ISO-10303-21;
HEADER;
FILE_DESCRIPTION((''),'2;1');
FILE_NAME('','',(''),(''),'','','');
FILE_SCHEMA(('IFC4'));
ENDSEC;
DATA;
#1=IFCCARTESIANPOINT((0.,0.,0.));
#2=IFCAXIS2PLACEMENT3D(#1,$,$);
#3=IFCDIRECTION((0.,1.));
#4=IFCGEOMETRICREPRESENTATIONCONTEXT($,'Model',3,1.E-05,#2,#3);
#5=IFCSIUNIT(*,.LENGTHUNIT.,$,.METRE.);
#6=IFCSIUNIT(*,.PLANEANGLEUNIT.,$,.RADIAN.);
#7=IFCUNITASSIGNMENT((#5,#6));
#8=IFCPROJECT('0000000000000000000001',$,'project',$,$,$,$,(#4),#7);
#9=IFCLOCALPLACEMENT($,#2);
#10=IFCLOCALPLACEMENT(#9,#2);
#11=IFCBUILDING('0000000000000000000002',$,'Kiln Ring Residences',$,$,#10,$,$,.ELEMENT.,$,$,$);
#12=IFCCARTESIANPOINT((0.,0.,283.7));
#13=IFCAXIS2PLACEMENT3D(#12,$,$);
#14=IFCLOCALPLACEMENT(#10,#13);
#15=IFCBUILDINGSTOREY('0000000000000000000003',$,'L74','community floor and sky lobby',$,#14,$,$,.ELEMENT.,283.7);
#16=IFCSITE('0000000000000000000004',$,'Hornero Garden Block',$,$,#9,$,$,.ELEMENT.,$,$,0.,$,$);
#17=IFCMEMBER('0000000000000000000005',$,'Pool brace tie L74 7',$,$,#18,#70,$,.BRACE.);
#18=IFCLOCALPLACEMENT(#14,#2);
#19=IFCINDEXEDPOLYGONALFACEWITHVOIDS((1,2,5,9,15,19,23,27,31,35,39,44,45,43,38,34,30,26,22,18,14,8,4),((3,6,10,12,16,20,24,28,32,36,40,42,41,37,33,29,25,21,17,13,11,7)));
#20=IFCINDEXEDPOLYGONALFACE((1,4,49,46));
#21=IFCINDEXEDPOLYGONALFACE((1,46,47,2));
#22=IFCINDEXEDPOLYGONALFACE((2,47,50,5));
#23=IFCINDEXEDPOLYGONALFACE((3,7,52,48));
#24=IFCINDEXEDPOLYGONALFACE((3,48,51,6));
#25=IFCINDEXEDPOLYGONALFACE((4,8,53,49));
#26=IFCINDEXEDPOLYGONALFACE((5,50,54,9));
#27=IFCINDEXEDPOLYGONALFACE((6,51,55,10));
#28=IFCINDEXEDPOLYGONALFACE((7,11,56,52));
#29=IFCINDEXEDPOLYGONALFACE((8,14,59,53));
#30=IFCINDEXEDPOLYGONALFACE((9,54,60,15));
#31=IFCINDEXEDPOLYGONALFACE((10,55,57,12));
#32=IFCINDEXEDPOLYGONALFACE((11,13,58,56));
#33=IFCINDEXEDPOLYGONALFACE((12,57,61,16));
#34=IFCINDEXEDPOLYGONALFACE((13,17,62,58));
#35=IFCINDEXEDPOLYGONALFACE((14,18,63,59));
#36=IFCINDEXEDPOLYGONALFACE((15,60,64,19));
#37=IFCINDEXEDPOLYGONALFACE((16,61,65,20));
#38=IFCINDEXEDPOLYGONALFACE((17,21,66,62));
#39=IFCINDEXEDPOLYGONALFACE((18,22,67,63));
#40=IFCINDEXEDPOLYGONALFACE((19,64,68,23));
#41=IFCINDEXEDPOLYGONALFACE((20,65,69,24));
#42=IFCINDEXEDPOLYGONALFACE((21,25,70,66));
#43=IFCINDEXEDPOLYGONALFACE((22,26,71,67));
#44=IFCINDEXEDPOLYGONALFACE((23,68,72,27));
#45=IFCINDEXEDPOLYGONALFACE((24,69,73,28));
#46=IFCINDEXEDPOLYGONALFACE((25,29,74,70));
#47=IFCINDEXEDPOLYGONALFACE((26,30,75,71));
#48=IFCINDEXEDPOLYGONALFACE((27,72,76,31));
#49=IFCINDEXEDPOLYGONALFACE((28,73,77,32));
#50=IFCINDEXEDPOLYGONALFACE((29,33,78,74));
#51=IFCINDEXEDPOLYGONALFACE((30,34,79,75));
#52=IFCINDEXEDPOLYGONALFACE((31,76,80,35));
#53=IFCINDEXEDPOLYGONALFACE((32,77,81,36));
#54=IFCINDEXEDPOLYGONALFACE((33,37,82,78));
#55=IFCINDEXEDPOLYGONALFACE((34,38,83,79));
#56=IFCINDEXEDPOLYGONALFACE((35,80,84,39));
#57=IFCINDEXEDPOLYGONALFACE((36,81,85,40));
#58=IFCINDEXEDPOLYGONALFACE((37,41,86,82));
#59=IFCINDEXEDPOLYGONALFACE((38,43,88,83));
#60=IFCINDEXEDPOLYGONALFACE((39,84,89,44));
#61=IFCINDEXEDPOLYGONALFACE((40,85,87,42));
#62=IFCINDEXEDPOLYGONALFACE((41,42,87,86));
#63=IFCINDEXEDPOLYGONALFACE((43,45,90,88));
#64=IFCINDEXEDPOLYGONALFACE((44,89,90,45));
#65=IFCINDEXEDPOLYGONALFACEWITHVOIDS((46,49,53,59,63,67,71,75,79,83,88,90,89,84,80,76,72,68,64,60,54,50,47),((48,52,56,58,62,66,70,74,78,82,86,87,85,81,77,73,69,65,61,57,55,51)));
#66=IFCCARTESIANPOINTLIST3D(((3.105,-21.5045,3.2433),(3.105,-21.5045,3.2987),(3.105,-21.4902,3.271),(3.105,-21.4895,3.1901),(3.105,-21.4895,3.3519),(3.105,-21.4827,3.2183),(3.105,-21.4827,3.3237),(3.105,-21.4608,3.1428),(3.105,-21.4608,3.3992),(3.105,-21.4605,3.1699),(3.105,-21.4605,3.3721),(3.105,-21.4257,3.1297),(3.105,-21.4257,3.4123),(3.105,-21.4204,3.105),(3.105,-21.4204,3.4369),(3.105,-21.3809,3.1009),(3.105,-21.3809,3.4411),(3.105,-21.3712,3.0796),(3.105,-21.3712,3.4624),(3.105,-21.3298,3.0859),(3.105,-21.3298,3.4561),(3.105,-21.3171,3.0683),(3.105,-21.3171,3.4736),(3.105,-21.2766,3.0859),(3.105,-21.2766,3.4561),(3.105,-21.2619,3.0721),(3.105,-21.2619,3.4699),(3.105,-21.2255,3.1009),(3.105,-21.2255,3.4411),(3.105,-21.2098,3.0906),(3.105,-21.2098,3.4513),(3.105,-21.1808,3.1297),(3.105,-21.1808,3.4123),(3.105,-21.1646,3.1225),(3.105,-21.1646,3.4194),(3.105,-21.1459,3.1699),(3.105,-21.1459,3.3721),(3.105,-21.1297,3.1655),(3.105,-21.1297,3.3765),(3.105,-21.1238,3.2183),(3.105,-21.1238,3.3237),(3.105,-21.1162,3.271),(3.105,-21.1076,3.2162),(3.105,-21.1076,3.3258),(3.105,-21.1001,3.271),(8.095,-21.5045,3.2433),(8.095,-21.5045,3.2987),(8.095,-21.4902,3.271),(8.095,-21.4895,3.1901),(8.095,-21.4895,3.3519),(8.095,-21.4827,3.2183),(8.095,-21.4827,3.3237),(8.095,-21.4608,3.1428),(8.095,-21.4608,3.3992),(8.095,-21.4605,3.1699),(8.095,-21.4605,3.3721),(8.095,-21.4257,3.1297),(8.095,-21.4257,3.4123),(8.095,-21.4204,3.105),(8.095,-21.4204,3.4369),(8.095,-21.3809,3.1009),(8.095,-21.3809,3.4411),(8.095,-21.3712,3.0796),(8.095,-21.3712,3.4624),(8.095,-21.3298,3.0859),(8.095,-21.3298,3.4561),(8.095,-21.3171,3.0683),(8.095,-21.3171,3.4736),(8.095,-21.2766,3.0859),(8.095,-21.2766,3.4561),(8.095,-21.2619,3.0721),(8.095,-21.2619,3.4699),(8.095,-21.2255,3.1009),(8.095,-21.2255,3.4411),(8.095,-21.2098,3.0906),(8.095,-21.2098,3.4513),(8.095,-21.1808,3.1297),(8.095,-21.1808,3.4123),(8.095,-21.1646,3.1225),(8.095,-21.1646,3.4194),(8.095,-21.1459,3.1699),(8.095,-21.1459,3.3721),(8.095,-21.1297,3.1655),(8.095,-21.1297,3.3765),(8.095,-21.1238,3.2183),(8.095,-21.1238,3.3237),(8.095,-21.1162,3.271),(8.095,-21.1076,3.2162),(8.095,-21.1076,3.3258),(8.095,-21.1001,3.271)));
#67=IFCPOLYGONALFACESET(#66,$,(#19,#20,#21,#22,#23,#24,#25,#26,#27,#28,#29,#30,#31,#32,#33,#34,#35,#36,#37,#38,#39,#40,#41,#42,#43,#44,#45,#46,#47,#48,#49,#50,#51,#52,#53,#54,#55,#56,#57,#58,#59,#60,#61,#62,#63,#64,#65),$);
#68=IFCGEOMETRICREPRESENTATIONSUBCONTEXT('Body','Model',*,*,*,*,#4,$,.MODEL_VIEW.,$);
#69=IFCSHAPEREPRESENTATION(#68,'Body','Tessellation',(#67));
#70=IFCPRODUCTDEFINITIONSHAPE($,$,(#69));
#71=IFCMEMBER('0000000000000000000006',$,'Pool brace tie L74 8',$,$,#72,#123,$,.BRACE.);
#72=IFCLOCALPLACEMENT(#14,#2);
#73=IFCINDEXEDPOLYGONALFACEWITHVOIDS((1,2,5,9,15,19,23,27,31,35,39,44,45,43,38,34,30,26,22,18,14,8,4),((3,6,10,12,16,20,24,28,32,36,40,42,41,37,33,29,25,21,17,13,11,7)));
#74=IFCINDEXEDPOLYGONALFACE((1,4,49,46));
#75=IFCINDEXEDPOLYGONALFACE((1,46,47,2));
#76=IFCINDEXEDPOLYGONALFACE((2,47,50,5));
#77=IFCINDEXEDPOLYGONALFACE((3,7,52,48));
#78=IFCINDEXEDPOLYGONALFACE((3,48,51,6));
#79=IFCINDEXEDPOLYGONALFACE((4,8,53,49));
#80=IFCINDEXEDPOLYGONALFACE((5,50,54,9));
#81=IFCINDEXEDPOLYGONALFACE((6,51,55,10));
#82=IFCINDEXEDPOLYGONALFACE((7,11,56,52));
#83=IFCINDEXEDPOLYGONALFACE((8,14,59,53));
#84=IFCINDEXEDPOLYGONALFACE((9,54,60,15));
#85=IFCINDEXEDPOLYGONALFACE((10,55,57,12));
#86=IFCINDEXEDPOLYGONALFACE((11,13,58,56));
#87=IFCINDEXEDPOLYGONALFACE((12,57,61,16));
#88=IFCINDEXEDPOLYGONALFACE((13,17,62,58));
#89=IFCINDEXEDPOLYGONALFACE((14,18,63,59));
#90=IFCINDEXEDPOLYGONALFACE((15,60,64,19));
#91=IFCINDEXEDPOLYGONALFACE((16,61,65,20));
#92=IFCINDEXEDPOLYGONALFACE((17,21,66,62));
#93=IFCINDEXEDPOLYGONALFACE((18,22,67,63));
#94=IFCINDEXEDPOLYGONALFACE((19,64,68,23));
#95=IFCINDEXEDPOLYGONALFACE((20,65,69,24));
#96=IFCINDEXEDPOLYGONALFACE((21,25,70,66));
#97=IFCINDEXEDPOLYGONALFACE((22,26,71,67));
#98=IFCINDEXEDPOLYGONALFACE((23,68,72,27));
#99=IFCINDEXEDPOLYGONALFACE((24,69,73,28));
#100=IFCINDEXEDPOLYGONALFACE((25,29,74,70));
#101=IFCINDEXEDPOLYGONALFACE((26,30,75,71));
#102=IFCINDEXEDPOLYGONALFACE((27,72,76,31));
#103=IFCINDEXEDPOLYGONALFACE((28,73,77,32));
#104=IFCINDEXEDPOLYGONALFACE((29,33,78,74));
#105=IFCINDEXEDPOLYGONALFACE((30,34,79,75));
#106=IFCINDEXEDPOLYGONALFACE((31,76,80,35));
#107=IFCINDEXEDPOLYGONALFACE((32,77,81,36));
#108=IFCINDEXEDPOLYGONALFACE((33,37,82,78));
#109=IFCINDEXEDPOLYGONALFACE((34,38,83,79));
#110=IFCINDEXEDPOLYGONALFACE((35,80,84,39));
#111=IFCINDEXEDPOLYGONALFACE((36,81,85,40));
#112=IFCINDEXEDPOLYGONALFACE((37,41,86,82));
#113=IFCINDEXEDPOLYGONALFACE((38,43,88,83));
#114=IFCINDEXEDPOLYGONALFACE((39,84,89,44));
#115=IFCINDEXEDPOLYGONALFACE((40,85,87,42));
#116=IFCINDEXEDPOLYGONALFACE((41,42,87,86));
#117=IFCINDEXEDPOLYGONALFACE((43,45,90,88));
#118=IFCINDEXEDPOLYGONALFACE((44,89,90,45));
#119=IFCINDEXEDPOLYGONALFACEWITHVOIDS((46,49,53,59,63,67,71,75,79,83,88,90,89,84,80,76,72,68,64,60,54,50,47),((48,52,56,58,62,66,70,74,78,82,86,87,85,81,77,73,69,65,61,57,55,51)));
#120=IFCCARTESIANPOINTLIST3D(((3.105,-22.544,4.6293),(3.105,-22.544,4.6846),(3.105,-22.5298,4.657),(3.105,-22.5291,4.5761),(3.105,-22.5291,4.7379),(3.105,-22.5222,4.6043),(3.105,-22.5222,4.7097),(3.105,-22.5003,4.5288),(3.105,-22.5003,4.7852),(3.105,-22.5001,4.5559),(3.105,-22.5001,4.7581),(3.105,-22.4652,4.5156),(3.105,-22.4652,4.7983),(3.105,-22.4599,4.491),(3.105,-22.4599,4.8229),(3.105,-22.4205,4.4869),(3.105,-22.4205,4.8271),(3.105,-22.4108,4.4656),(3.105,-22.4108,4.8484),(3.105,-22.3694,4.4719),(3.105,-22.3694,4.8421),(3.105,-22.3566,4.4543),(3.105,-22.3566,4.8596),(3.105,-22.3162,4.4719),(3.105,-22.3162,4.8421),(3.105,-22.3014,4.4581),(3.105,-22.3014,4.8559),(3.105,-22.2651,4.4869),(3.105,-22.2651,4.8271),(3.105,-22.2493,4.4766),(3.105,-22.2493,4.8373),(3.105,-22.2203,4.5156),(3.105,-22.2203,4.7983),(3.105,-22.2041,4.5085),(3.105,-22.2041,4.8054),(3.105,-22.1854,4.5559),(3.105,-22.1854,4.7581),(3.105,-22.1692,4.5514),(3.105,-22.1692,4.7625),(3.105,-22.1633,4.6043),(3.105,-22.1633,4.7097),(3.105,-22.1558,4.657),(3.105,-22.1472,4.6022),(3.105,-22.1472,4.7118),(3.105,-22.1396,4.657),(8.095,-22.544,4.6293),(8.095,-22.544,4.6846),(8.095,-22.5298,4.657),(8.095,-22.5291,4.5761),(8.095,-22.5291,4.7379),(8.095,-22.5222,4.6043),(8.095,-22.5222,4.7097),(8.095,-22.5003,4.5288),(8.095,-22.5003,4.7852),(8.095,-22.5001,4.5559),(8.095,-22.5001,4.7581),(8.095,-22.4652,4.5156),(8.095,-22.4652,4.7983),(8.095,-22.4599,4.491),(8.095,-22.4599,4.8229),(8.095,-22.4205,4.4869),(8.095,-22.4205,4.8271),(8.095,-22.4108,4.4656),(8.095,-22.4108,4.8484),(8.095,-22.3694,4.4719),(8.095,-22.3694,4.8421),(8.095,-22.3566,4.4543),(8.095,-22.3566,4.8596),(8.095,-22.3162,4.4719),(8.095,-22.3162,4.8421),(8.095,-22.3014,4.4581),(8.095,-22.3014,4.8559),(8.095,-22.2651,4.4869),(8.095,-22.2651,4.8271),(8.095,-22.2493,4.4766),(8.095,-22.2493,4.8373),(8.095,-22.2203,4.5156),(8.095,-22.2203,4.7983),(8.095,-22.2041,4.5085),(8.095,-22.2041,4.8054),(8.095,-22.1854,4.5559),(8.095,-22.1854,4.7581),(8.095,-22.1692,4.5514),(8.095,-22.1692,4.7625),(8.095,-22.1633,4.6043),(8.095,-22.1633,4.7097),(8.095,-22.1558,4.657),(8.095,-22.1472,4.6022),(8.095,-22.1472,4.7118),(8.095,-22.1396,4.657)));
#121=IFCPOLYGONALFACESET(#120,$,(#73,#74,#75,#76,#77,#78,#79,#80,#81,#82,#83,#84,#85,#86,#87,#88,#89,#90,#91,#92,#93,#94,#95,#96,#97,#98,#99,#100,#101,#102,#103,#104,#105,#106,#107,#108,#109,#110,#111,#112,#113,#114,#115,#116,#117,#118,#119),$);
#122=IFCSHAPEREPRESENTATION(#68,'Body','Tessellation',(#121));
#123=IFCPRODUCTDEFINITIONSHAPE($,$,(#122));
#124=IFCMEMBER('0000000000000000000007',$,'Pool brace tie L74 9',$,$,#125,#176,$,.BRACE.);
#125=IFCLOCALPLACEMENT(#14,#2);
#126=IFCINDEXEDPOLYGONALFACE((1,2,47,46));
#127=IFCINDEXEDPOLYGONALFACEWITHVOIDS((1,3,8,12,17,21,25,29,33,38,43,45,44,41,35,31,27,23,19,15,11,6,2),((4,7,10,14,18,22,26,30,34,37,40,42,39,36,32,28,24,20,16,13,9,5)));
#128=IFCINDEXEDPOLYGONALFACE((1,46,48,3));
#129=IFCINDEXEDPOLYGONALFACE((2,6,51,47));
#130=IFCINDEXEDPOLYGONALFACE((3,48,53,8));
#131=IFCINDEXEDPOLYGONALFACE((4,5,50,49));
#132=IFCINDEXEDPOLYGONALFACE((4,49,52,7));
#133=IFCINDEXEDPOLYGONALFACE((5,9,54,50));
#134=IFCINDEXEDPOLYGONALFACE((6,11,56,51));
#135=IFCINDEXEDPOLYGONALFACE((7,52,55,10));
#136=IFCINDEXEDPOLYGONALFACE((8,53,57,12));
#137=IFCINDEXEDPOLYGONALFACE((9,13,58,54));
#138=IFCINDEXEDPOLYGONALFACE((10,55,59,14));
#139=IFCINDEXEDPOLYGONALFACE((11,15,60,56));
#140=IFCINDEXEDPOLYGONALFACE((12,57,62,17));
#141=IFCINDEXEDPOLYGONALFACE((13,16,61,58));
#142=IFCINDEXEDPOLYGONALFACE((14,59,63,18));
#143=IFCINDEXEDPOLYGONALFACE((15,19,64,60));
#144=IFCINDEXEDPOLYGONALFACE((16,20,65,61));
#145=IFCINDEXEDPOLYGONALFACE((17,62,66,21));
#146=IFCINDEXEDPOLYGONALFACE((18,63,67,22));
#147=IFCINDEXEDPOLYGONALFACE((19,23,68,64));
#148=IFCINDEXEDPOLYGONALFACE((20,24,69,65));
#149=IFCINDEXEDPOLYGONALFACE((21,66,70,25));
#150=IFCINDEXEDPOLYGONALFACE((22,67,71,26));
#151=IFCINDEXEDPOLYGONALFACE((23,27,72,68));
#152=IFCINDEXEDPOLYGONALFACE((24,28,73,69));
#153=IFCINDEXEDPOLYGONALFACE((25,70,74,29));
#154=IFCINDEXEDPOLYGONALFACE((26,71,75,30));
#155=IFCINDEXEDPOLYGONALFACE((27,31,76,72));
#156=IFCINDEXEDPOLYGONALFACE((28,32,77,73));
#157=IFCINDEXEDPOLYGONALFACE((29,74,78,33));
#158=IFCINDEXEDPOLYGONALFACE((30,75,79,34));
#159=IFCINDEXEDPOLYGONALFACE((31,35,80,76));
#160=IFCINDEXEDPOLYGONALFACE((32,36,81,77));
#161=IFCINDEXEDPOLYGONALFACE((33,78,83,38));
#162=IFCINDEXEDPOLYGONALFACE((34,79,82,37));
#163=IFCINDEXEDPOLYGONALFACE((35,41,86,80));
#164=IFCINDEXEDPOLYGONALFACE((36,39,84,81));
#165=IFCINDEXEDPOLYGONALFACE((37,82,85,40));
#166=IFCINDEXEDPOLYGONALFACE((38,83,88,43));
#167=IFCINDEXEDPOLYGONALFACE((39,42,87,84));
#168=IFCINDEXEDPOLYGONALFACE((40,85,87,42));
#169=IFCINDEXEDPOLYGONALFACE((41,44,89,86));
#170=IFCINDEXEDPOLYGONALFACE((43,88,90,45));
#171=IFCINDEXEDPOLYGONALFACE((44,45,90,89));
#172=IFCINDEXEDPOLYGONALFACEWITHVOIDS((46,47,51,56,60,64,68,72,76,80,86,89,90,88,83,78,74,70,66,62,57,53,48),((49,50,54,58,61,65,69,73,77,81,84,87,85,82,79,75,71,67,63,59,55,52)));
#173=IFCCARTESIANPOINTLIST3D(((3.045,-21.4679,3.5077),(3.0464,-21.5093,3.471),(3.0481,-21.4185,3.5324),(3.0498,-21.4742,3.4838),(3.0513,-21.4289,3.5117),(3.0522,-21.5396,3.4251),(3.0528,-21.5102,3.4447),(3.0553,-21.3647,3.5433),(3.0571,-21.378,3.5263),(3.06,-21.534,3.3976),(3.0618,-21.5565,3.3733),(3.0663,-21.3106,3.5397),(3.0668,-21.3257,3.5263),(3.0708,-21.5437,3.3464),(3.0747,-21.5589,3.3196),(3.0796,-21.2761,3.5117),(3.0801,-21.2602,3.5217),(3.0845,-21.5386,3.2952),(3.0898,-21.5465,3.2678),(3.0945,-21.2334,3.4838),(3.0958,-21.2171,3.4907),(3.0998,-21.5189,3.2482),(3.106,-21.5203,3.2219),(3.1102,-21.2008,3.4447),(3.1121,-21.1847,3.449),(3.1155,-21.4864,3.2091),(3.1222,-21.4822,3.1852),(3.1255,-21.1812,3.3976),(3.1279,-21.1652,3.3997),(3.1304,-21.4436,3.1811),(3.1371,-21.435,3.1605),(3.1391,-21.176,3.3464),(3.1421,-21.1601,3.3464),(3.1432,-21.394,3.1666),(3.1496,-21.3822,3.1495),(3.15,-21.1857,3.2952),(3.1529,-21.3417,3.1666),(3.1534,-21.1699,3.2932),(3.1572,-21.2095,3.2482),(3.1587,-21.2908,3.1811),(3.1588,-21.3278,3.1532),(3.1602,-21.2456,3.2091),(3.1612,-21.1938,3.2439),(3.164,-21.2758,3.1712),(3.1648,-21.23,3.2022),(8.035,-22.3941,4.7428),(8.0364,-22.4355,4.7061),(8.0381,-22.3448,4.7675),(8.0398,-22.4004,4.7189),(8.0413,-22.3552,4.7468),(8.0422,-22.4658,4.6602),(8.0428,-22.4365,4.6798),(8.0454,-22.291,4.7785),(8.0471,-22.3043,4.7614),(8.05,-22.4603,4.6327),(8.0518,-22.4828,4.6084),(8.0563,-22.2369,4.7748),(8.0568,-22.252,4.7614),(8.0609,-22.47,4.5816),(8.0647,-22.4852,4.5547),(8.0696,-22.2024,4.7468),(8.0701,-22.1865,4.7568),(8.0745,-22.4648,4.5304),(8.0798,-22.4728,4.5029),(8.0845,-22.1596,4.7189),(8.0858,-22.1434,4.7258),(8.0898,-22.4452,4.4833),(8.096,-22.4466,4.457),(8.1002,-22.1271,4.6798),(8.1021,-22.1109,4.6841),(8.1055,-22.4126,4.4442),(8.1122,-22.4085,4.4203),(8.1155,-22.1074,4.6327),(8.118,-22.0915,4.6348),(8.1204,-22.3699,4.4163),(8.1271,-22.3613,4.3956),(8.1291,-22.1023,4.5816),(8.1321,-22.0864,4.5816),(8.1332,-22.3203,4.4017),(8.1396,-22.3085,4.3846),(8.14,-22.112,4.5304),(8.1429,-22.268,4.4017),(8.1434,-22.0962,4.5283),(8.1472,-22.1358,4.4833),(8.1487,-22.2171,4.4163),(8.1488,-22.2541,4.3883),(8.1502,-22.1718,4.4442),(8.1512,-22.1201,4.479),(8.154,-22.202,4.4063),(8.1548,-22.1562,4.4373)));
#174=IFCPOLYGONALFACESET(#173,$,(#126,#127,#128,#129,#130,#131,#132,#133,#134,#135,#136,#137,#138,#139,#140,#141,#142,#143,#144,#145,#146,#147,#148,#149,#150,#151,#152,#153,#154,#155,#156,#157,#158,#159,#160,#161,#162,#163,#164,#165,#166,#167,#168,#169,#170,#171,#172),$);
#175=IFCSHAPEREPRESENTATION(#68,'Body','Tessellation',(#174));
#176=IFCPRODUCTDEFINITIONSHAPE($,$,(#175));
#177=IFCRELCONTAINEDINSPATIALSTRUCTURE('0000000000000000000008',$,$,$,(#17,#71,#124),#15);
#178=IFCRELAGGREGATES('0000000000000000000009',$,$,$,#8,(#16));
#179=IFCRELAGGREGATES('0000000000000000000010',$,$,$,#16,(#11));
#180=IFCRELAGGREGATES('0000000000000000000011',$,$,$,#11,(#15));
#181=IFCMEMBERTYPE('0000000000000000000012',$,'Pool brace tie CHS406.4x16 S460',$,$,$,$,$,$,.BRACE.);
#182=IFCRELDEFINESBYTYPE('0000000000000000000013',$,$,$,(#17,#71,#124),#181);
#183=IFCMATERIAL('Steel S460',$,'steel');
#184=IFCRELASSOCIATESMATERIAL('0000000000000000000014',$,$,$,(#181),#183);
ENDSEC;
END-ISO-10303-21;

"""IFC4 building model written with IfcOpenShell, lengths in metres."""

from ifc_helpers import new_model, si_unit, direction, frame, origin, origin_2d, place, context, subcontext, project, spatial, hollow_circle, extrude, material, material_profile, profile_set, type_object, element, save


model = new_model("IFC4")

# Units and contexts
model_context = context("Model", 3, precision=1e-05, world=origin(), true_north=direction((0.0, 1.0)))
body_context = subcontext(model_context, "Body", "Model", "MODEL_VIEW")
ifc_project = project(units=[si_unit("LENGTHUNIT", "METRE"), si_unit("PLANEANGLEUNIT", "RADIAN")], contexts=[model_context])

# Site, building, storey
site_placement = place(None, origin())
site = spatial("IfcSite", under=ifc_project, at=site_placement, Name="Hornero Garden Block", CompositionType="ELEMENT", RefElevation=0.0)
building_placement = place(site_placement, origin())
building = spatial("IfcBuilding", under=site, at=building_placement, Name="Kiln Ring Residences", CompositionType="ELEMENT")
storey_placement = place(building_placement, frame((0.0, 0.0, 283.7)))
storey = spatial("IfcBuildingStorey", under=building, at=storey_placement, Name="L74", Description="community floor and sky lobby", CompositionType="ELEMENT", Elevation=283.7)

# Members
ifc_material_1 = material(Name="Steel S460", Category="steel")
ifc_material_profile_1 = material_profile(ifc_material_1, hollow_circle(Radius=0.2031, WallThickness=0.0161, at=origin_2d()), Name="CHS406.4x16")
ifc_profile_set_1 = profile_set([ifc_material_profile_1], Name="Steel S460")
member_type_1 = type_object("IfcMemberType", Name="Pool brace tie CHS406.4x16 S460", PredefinedType="BRACE", material=ifc_profile_set_1)
for number, where, z_axis, x_axis, name in (
    (1, (3.105, -21.3032, 3.271), (1.0, 0.0, 0.0), (0.0, 1.0, 0.0), "Pool brace tie L74 7"),
    (2, (3.105, -22.3428, 4.657), (1.0, 0.0, 0.0), (0.0, 1.0, 0.0), "Pool brace tie L74 8"),
):
    element("IfcMember", number, at=place(storey_placement, frame(where, z_axis=z_axis, x_axis=x_axis)), inside=storey, type_object=member_type_1, Name=name, PredefinedType="BRACE", context=body_context, shape_type="SweptSolid", body=[
        extrude(hollow_circle(Radius=0.2031, WallThickness=0.0161, at=origin_2d()), origin(), (0.0, 0.0, 1.0), 4.99),
    ])
member_1_placement = place(storey_placement, frame((3.105, -21.3599, 3.3464), z_axis=(0.955322, -0.177332, 0.236459), x_axis=(0.182508, 0.983204, 0.0)))
element("IfcMember", 3, at=member_1_placement, inside=storey, type_object=member_type_1, Name="Pool brace tie L74 9", PredefinedType="BRACE", context=body_context, shape_type="SweptSolid", body=[
    extrude(hollow_circle(Radius=0.2031, WallThickness=0.0161, at=origin_2d()), origin(), (0.0, 0.0, 1.0), 5.2234),
])

save(model, "model.ifc")
